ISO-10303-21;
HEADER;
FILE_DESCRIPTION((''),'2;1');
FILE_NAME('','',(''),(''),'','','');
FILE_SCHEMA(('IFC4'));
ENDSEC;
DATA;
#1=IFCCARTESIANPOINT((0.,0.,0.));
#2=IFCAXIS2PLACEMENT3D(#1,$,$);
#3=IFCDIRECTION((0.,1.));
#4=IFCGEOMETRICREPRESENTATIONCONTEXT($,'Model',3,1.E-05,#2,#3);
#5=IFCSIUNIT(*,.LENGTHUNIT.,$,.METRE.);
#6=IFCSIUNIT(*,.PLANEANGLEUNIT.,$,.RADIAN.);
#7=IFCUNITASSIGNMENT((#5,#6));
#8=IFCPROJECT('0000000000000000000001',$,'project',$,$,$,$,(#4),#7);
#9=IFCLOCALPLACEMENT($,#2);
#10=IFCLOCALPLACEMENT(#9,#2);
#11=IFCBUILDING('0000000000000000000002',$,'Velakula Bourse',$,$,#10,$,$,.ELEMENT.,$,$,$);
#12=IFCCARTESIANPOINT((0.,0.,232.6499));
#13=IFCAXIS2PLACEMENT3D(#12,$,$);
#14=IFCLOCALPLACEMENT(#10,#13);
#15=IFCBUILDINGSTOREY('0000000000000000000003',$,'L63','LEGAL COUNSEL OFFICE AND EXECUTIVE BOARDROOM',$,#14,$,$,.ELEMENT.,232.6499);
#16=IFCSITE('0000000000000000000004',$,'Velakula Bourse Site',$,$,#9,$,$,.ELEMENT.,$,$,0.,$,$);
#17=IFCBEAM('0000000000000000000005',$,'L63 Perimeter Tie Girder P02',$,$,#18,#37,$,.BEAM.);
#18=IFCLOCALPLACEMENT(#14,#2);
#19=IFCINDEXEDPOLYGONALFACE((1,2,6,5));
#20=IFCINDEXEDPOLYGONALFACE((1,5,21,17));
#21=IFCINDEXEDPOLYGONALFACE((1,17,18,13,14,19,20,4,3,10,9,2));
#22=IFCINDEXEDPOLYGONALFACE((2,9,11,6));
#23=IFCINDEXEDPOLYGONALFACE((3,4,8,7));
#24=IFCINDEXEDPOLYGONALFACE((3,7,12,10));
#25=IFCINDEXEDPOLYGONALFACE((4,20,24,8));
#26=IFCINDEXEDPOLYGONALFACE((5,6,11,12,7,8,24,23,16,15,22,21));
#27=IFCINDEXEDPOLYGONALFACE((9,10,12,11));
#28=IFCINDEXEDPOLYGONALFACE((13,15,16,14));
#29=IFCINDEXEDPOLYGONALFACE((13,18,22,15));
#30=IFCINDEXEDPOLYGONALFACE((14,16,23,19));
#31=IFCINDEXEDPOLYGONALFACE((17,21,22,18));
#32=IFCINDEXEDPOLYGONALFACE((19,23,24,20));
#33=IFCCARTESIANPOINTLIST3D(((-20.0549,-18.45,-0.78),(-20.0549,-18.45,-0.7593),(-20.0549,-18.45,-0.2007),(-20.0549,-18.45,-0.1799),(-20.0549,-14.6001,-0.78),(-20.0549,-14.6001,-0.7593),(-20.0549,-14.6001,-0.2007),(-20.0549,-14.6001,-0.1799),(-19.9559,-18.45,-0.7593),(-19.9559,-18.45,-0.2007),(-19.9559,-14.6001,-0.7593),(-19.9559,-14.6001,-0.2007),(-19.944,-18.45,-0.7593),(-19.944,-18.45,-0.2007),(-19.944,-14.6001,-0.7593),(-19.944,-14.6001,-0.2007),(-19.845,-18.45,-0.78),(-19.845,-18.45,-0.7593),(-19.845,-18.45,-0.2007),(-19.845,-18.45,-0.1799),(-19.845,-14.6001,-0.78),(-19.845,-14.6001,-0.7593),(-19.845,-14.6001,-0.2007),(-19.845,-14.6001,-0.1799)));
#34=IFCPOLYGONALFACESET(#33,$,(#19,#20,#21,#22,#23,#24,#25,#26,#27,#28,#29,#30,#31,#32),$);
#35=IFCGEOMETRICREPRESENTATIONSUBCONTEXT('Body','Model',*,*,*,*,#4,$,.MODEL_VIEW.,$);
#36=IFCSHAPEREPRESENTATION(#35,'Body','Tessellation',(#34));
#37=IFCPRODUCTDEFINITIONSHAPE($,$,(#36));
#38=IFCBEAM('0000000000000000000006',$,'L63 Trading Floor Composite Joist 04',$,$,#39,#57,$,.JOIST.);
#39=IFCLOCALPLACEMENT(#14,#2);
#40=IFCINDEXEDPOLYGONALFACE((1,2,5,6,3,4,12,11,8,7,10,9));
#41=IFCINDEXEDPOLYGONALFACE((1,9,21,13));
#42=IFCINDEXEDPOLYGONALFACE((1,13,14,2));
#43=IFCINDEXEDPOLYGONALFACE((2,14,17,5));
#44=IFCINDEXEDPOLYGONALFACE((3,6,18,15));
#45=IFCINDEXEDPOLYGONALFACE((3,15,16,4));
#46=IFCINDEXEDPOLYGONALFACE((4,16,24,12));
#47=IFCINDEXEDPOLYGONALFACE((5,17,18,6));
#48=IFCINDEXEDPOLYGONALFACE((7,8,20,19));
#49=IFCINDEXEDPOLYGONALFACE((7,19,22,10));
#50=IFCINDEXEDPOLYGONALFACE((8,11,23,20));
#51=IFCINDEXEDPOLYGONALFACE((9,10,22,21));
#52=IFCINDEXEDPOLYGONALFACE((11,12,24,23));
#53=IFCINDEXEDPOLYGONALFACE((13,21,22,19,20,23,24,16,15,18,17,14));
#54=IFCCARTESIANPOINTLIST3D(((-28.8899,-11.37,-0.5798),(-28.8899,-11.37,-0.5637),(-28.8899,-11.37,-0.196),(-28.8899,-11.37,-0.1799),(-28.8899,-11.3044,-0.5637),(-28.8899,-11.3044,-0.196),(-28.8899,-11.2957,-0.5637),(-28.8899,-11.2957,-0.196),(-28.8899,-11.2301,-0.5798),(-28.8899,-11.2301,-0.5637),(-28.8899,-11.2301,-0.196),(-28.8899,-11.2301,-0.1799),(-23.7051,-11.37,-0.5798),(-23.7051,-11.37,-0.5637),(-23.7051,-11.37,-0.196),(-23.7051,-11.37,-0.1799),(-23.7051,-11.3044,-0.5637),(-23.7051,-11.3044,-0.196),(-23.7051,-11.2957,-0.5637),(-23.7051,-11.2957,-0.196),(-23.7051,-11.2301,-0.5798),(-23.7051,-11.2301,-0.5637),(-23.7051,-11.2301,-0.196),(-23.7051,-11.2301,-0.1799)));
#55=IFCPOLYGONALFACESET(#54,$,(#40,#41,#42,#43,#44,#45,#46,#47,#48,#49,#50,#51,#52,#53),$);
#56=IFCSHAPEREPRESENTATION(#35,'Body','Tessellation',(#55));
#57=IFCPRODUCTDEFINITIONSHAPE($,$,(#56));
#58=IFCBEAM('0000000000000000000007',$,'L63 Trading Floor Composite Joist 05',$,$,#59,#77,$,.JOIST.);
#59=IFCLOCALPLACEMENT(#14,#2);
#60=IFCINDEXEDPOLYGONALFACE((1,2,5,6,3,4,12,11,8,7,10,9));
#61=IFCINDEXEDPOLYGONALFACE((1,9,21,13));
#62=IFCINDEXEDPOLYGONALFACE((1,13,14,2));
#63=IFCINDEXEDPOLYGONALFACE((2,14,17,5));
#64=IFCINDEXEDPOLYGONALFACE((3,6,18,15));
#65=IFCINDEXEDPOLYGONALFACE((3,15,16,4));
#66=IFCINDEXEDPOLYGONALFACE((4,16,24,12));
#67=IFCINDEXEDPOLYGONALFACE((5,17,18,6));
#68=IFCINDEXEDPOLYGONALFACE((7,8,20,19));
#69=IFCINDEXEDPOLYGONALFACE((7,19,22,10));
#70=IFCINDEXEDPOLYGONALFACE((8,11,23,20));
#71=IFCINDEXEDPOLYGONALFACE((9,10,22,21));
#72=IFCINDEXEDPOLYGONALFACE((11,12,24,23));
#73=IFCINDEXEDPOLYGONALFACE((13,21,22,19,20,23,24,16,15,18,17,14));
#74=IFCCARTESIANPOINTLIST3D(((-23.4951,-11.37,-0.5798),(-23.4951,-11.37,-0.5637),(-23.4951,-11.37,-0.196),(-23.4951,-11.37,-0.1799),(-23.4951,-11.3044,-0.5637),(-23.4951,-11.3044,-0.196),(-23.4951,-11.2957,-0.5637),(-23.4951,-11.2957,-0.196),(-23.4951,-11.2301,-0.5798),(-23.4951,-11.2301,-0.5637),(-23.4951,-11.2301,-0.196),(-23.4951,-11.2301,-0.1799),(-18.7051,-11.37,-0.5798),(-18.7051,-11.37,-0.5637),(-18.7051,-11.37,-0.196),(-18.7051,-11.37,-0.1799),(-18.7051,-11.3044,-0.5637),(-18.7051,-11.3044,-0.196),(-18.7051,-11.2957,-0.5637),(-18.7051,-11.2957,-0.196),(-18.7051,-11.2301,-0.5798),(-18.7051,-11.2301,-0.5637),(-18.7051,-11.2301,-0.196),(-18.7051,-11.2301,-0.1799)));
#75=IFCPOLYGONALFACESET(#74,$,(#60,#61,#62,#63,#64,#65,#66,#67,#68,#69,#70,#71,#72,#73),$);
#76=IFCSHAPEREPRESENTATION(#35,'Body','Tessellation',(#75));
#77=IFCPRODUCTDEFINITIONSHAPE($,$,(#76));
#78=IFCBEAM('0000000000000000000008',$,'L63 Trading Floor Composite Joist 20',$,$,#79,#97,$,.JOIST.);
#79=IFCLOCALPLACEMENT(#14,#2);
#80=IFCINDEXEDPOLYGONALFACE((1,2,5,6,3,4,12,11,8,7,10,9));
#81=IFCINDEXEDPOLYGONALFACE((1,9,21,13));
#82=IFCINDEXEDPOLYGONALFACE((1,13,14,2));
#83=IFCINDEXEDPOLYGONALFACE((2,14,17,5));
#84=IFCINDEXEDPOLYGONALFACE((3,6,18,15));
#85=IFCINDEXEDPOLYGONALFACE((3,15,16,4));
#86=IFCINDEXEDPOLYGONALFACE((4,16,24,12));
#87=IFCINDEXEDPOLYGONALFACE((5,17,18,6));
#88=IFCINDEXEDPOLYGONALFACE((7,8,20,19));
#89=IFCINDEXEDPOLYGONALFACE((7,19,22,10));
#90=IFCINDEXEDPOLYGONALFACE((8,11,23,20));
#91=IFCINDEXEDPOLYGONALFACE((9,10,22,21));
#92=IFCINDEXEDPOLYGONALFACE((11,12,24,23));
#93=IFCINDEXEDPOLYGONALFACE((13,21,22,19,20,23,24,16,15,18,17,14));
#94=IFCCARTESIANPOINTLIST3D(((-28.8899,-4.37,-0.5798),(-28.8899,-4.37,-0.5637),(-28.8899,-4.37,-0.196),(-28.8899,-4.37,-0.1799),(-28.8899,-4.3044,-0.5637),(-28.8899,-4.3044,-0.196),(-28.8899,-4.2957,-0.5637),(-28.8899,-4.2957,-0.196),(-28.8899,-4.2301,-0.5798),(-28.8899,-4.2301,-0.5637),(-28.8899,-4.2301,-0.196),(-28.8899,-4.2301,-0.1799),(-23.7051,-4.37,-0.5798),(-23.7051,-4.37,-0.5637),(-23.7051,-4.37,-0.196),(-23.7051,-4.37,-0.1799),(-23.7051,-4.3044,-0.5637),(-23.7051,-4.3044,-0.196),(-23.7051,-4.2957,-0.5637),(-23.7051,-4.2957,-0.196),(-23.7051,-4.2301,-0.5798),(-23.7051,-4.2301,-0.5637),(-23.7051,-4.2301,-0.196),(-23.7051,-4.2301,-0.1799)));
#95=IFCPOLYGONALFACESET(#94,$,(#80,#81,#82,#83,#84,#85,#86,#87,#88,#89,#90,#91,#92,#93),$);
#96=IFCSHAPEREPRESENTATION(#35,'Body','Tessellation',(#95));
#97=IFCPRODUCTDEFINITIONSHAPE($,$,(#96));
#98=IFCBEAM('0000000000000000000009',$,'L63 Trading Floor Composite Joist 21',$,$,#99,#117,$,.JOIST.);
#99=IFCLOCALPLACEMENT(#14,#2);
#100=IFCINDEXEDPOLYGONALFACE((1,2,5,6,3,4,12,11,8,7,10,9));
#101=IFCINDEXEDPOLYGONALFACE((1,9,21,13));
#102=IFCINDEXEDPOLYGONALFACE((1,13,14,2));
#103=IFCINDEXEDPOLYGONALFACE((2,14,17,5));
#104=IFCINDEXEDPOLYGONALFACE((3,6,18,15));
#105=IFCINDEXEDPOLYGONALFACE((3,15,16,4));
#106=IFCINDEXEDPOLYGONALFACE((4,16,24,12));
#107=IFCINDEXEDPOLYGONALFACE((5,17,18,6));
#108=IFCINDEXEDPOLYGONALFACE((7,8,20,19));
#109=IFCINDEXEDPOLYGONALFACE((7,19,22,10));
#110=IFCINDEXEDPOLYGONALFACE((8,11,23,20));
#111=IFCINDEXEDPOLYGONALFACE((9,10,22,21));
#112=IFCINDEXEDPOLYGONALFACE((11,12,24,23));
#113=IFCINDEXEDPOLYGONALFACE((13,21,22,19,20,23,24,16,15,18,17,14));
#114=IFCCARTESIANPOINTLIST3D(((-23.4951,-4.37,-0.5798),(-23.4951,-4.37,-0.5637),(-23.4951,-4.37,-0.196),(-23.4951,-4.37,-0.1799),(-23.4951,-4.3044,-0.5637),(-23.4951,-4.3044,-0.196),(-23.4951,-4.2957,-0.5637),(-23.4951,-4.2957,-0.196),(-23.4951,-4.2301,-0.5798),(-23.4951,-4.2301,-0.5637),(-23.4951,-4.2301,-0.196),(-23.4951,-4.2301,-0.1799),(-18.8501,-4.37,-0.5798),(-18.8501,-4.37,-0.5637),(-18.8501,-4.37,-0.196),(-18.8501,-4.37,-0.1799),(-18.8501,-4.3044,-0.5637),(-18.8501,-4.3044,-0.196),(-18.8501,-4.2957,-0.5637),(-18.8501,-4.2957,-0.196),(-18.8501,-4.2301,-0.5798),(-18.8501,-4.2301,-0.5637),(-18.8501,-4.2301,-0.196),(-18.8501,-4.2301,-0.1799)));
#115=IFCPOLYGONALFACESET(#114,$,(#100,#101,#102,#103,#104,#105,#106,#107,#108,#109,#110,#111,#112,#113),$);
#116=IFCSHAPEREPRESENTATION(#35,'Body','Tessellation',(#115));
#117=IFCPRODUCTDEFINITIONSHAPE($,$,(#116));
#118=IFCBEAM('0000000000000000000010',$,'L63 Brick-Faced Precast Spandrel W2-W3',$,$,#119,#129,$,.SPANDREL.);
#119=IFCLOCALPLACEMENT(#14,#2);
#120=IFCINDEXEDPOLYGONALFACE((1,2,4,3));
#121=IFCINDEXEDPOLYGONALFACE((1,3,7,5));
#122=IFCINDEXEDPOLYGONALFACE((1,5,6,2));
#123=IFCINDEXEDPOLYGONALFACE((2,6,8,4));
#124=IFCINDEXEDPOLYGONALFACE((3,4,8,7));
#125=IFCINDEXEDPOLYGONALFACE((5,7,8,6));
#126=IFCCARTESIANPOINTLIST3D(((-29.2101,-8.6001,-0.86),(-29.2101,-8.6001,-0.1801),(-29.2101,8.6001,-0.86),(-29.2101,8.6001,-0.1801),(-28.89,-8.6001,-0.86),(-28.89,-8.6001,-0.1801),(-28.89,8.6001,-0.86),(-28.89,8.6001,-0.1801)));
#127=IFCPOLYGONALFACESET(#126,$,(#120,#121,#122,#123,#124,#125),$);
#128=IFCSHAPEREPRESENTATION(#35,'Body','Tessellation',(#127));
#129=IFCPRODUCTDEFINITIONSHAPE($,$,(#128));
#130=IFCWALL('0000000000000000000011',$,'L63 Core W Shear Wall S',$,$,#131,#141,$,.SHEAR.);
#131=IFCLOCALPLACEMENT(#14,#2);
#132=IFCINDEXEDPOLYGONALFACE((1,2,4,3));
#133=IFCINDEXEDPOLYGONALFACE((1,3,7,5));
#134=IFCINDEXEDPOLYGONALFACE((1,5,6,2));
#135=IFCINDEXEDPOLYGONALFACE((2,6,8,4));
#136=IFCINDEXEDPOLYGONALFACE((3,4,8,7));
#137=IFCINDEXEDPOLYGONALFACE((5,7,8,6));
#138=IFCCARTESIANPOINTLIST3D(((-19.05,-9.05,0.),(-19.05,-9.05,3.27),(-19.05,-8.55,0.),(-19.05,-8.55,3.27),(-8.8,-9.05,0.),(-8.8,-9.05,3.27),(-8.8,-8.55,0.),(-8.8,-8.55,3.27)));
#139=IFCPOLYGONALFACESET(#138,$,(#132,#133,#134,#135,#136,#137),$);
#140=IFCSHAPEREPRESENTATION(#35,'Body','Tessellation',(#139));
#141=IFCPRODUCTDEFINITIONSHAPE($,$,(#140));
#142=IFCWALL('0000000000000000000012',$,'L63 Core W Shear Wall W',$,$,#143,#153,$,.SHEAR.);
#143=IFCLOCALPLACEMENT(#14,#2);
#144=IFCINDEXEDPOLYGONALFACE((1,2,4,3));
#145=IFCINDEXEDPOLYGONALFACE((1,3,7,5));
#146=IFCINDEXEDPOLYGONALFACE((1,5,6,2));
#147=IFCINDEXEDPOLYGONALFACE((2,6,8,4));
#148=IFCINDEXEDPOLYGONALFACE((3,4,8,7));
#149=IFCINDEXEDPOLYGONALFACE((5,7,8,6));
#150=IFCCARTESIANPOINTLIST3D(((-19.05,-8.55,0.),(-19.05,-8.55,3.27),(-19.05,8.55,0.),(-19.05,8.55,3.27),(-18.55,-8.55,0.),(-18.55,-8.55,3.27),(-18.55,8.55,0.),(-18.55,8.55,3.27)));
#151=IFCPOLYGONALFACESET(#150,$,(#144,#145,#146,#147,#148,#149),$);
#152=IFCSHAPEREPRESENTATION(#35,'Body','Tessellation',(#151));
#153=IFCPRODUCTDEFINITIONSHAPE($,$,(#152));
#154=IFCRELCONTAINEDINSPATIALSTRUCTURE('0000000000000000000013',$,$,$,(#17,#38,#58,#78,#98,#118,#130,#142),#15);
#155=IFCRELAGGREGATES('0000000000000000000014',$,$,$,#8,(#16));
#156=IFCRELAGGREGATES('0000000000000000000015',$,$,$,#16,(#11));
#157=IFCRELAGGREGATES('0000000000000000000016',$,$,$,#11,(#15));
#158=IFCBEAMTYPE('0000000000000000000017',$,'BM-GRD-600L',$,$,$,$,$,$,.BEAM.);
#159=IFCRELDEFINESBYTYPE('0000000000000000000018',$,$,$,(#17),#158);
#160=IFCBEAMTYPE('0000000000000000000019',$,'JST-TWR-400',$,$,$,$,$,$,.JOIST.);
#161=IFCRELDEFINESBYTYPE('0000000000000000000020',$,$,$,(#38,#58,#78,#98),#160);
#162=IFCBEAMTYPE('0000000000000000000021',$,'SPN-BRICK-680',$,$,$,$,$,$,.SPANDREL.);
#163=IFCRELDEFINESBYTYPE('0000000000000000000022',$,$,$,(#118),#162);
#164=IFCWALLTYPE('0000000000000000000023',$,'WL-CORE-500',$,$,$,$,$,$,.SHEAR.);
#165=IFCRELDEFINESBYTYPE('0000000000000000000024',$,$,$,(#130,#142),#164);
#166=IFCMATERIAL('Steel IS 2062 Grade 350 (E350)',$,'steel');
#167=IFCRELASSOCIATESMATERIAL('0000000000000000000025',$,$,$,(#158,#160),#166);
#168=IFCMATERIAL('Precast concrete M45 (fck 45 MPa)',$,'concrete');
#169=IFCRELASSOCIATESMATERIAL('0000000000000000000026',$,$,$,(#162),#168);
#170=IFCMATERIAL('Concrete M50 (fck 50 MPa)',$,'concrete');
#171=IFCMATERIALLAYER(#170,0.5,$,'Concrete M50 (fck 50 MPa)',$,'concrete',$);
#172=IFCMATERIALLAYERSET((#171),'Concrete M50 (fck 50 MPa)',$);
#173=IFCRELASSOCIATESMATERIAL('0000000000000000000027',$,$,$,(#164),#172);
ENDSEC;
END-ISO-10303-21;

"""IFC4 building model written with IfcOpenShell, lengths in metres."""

from ifc_helpers import new_model, si_unit, direction, frame, frame_2d, origin, origin_2d, place, context, subcontext, project, spatial, rectangle, i_section, extrude, material, layer, layer_set, material_profile, profile_set, type_object, element, save


model = new_model("IFC4")

# Units and contexts
model_context = context("Model", 3, precision=1e-05, world=origin(), true_north=direction((0.0, 1.0)))
body_context = subcontext(model_context, "Body", "Model", "MODEL_VIEW")
ifc_project = project(units=[si_unit("LENGTHUNIT", "METRE"), si_unit("PLANEANGLEUNIT", "RADIAN")], contexts=[model_context])

# Site, building, storey
site_placement = place(None, origin())
site = spatial("IfcSite", under=ifc_project, at=site_placement, Name="Velakula Bourse Site", CompositionType="ELEMENT", RefElevation=0.0)
building_placement = place(site_placement, origin())
building = spatial("IfcBuilding", under=site, at=building_placement, Name="Velakula Bourse", CompositionType="ELEMENT")
storey_placement = place(building_placement, frame((0.0, 0.0, 232.6499)))
storey = spatial("IfcBuildingStorey", under=building, at=storey_placement, Name="L63", Description="LEGAL COUNSEL OFFICE AND EXECUTIVE BOARDROOM", CompositionType="ELEMENT", Elevation=232.6499)

# Shared definitions
ifc_material_1 = material(Name="Steel IS 2062 Grade 350 (E350)", Category="steel")

# Beams
ifc_material_profile_1 = material_profile(ifc_material_1, i_section(OverallWidth=0.21, OverallDepth=0.6001, WebThickness=0.012, FlangeThickness=0.0208, at=origin_2d()), Name="Steel IS 2062 Grade 350 (E350)")
ifc_profile_set_1 = profile_set([ifc_material_profile_1], Name="Steel IS 2062 Grade 350 (E350)")
beam_type_1 = type_object("IfcBeamType", Name="BM-GRD-600L", PredefinedType="BEAM", material=ifc_profile_set_1)
for number, where, z_axis, x_axis, name in (
    (1, (-19.95, -14.6001, -0.48), (0.0, -1.0, 0.0), (1.0, 0.0, 0.0), "L63 Perimeter Tie Girder P02"),
):
    element("IfcBeam", number, at=place(storey_placement, frame(where, z_axis=z_axis, x_axis=x_axis)), inside=storey, type_object=beam_type_1, Name=name, PredefinedType="BEAM", context=body_context, shape_type="SweptSolid", body=[
        extrude(i_section(OverallWidth=0.21, OverallDepth=0.6001, WebThickness=0.012, FlangeThickness=0.0208, at=origin_2d()), origin(), (0.0, 0.0, 1.0), 3.8499),
    ])
ifc_material_profile_2 = material_profile(ifc_material_1, i_section(OverallWidth=0.1399, OverallDepth=0.3999, WebThickness=0.0088, FlangeThickness=0.0161, at=origin_2d()), Name="Steel IS 2062 Grade 350 (E350)")
ifc_profile_set_2 = profile_set([ifc_material_profile_2], Name="Steel IS 2062 Grade 350 (E350)")
beam_type_2 = type_object("IfcBeamType", Name="JST-TWR-400", PredefinedType="JOIST", material=ifc_profile_set_2)
beam_1_placement = place(storey_placement, frame((-28.8899, -11.3, -0.3799), z_axis=(1.0, 0.0, 0.0), x_axis=(0.0, 1.0, 0.0)))
element("IfcBeam", 2, at=beam_1_placement, inside=storey, type_object=beam_type_2, Name="L63 Trading Floor Composite Joist 04", PredefinedType="JOIST", context=body_context, shape_type="SweptSolid", body=[
    extrude(i_section(OverallWidth=0.1399, OverallDepth=0.3999, WebThickness=0.0088, FlangeThickness=0.0161, at=origin_2d()), origin(), (0.0, 0.0, 1.0), 5.1848),
])
beam_2_placement = place(storey_placement, frame((-23.4951, -11.3, -0.3799), z_axis=(1.0, 0.0, 0.0), x_axis=(0.0, 1.0, 0.0)))
element("IfcBeam", 3, at=beam_2_placement, inside=storey, type_object=beam_type_2, Name="L63 Trading Floor Composite Joist 05", PredefinedType="JOIST", context=body_context, shape_type="SweptSolid", body=[
    extrude(i_section(OverallWidth=0.1399, OverallDepth=0.3999, WebThickness=0.0088, FlangeThickness=0.0161, at=origin_2d()), origin(), (0.0, 0.0, 1.0), 4.79),
])
beam_3_placement = place(storey_placement, frame((-28.8899, -4.3, -0.3799), z_axis=(1.0, 0.0, 0.0), x_axis=(0.0, 1.0, 0.0)))
element("IfcBeam", 4, at=beam_3_placement, inside=storey, type_object=beam_type_2, Name="L63 Trading Floor Composite Joist 20", PredefinedType="JOIST", context=body_context, shape_type="SweptSolid", body=[
    extrude(i_section(OverallWidth=0.1399, OverallDepth=0.3999, WebThickness=0.0088, FlangeThickness=0.0161, at=origin_2d()), origin(), (0.0, 0.0, 1.0), 5.1848),
])
beam_4_placement = place(storey_placement, frame((-23.4951, -4.3, -0.3799), z_axis=(1.0, 0.0, 0.0), x_axis=(0.0, 1.0, 0.0)))
element("IfcBeam", 5, at=beam_4_placement, inside=storey, type_object=beam_type_2, Name="L63 Trading Floor Composite Joist 21", PredefinedType="JOIST", context=body_context, shape_type="SweptSolid", body=[
    extrude(i_section(OverallWidth=0.1399, OverallDepth=0.3999, WebThickness=0.0088, FlangeThickness=0.0161, at=origin_2d()), origin(), (0.0, 0.0, 1.0), 4.645),
])
ifc_material_2 = material(Name="Precast concrete M45 (fck 45 MPa)", Category="concrete")
ifc_material_profile_3 = material_profile(ifc_material_2, rectangle(XDim=0.3201, YDim=0.6799, at=origin_2d()), Name="Precast concrete M45 (fck 45 MPa)")
ifc_profile_set_3 = profile_set([ifc_material_profile_3], Name="Precast concrete M45 (fck 45 MPa)")
beam_type_3 = type_object("IfcBeamType", Name="SPN-BRICK-680", PredefinedType="SPANDREL", material=ifc_profile_set_3)
beam_5_placement = place(storey_placement, frame((-29.05, -8.6001, -0.52), z_axis=(0.0, 1.0, 0.0), x_axis=(-1.0, 0.0, 0.0)))
element("IfcBeam", 6, at=beam_5_placement, inside=storey, type_object=beam_type_3, Name="L63 Brick-Faced Precast Spandrel W2-W3", PredefinedType="SPANDREL", context=body_context, shape_type="SweptSolid", body=[
    extrude(rectangle(XDim=0.3201, YDim=0.6799, at=origin_2d()), origin(), (0.0, 0.0, 1.0), 17.2002),
])

# Walls
ifc_material_3 = material(Name="Concrete M50 (fck 50 MPa)", Category="concrete")
ifc_layer_1 = layer(ifc_material_3, 0.5, Name="Concrete M50 (fck 50 MPa)", Category="concrete")
ifc_layer_set_1 = layer_set([ifc_layer_1], Name="Concrete M50 (fck 50 MPa)")
wall_type_1 = type_object("IfcWallType", Name="WL-CORE-500", PredefinedType="SHEAR", material=ifc_layer_set_1)
wall_1_placement = place(storey_placement, frame((-19.05, -8.8, 0.0), z_axis=(0.0, 0.0, 1.0), x_axis=(1.0, 0.0, 0.0)))
element("IfcWall", 7, at=wall_1_placement, inside=storey, type_object=wall_type_1, Name="L63 Core W Shear Wall S", PredefinedType="SHEAR", context=body_context, shape_type="SweptSolid", body=[
    extrude(rectangle(XDim=10.25, YDim=0.5, at=frame_2d((5.125, 0.0))), origin(), (0.0, 0.0, 1.0), 3.27),
])
wall_2_placement = place(storey_placement, frame((-18.8, -8.55, 0.0), z_axis=(0.0, 0.0, 1.0), x_axis=(0.0, 1.0, 0.0)))
element("IfcWall", 8, at=wall_2_placement, inside=storey, type_object=wall_type_1, Name="L63 Core W Shear Wall W", PredefinedType="SHEAR", context=body_context, shape_type="SweptSolid", body=[
    extrude(rectangle(XDim=17.1001, YDim=0.5, at=frame_2d((8.55, 0.0))), origin(), (0.0, 0.0, 1.0), 3.27),
])

save(model, "model.ifc")
